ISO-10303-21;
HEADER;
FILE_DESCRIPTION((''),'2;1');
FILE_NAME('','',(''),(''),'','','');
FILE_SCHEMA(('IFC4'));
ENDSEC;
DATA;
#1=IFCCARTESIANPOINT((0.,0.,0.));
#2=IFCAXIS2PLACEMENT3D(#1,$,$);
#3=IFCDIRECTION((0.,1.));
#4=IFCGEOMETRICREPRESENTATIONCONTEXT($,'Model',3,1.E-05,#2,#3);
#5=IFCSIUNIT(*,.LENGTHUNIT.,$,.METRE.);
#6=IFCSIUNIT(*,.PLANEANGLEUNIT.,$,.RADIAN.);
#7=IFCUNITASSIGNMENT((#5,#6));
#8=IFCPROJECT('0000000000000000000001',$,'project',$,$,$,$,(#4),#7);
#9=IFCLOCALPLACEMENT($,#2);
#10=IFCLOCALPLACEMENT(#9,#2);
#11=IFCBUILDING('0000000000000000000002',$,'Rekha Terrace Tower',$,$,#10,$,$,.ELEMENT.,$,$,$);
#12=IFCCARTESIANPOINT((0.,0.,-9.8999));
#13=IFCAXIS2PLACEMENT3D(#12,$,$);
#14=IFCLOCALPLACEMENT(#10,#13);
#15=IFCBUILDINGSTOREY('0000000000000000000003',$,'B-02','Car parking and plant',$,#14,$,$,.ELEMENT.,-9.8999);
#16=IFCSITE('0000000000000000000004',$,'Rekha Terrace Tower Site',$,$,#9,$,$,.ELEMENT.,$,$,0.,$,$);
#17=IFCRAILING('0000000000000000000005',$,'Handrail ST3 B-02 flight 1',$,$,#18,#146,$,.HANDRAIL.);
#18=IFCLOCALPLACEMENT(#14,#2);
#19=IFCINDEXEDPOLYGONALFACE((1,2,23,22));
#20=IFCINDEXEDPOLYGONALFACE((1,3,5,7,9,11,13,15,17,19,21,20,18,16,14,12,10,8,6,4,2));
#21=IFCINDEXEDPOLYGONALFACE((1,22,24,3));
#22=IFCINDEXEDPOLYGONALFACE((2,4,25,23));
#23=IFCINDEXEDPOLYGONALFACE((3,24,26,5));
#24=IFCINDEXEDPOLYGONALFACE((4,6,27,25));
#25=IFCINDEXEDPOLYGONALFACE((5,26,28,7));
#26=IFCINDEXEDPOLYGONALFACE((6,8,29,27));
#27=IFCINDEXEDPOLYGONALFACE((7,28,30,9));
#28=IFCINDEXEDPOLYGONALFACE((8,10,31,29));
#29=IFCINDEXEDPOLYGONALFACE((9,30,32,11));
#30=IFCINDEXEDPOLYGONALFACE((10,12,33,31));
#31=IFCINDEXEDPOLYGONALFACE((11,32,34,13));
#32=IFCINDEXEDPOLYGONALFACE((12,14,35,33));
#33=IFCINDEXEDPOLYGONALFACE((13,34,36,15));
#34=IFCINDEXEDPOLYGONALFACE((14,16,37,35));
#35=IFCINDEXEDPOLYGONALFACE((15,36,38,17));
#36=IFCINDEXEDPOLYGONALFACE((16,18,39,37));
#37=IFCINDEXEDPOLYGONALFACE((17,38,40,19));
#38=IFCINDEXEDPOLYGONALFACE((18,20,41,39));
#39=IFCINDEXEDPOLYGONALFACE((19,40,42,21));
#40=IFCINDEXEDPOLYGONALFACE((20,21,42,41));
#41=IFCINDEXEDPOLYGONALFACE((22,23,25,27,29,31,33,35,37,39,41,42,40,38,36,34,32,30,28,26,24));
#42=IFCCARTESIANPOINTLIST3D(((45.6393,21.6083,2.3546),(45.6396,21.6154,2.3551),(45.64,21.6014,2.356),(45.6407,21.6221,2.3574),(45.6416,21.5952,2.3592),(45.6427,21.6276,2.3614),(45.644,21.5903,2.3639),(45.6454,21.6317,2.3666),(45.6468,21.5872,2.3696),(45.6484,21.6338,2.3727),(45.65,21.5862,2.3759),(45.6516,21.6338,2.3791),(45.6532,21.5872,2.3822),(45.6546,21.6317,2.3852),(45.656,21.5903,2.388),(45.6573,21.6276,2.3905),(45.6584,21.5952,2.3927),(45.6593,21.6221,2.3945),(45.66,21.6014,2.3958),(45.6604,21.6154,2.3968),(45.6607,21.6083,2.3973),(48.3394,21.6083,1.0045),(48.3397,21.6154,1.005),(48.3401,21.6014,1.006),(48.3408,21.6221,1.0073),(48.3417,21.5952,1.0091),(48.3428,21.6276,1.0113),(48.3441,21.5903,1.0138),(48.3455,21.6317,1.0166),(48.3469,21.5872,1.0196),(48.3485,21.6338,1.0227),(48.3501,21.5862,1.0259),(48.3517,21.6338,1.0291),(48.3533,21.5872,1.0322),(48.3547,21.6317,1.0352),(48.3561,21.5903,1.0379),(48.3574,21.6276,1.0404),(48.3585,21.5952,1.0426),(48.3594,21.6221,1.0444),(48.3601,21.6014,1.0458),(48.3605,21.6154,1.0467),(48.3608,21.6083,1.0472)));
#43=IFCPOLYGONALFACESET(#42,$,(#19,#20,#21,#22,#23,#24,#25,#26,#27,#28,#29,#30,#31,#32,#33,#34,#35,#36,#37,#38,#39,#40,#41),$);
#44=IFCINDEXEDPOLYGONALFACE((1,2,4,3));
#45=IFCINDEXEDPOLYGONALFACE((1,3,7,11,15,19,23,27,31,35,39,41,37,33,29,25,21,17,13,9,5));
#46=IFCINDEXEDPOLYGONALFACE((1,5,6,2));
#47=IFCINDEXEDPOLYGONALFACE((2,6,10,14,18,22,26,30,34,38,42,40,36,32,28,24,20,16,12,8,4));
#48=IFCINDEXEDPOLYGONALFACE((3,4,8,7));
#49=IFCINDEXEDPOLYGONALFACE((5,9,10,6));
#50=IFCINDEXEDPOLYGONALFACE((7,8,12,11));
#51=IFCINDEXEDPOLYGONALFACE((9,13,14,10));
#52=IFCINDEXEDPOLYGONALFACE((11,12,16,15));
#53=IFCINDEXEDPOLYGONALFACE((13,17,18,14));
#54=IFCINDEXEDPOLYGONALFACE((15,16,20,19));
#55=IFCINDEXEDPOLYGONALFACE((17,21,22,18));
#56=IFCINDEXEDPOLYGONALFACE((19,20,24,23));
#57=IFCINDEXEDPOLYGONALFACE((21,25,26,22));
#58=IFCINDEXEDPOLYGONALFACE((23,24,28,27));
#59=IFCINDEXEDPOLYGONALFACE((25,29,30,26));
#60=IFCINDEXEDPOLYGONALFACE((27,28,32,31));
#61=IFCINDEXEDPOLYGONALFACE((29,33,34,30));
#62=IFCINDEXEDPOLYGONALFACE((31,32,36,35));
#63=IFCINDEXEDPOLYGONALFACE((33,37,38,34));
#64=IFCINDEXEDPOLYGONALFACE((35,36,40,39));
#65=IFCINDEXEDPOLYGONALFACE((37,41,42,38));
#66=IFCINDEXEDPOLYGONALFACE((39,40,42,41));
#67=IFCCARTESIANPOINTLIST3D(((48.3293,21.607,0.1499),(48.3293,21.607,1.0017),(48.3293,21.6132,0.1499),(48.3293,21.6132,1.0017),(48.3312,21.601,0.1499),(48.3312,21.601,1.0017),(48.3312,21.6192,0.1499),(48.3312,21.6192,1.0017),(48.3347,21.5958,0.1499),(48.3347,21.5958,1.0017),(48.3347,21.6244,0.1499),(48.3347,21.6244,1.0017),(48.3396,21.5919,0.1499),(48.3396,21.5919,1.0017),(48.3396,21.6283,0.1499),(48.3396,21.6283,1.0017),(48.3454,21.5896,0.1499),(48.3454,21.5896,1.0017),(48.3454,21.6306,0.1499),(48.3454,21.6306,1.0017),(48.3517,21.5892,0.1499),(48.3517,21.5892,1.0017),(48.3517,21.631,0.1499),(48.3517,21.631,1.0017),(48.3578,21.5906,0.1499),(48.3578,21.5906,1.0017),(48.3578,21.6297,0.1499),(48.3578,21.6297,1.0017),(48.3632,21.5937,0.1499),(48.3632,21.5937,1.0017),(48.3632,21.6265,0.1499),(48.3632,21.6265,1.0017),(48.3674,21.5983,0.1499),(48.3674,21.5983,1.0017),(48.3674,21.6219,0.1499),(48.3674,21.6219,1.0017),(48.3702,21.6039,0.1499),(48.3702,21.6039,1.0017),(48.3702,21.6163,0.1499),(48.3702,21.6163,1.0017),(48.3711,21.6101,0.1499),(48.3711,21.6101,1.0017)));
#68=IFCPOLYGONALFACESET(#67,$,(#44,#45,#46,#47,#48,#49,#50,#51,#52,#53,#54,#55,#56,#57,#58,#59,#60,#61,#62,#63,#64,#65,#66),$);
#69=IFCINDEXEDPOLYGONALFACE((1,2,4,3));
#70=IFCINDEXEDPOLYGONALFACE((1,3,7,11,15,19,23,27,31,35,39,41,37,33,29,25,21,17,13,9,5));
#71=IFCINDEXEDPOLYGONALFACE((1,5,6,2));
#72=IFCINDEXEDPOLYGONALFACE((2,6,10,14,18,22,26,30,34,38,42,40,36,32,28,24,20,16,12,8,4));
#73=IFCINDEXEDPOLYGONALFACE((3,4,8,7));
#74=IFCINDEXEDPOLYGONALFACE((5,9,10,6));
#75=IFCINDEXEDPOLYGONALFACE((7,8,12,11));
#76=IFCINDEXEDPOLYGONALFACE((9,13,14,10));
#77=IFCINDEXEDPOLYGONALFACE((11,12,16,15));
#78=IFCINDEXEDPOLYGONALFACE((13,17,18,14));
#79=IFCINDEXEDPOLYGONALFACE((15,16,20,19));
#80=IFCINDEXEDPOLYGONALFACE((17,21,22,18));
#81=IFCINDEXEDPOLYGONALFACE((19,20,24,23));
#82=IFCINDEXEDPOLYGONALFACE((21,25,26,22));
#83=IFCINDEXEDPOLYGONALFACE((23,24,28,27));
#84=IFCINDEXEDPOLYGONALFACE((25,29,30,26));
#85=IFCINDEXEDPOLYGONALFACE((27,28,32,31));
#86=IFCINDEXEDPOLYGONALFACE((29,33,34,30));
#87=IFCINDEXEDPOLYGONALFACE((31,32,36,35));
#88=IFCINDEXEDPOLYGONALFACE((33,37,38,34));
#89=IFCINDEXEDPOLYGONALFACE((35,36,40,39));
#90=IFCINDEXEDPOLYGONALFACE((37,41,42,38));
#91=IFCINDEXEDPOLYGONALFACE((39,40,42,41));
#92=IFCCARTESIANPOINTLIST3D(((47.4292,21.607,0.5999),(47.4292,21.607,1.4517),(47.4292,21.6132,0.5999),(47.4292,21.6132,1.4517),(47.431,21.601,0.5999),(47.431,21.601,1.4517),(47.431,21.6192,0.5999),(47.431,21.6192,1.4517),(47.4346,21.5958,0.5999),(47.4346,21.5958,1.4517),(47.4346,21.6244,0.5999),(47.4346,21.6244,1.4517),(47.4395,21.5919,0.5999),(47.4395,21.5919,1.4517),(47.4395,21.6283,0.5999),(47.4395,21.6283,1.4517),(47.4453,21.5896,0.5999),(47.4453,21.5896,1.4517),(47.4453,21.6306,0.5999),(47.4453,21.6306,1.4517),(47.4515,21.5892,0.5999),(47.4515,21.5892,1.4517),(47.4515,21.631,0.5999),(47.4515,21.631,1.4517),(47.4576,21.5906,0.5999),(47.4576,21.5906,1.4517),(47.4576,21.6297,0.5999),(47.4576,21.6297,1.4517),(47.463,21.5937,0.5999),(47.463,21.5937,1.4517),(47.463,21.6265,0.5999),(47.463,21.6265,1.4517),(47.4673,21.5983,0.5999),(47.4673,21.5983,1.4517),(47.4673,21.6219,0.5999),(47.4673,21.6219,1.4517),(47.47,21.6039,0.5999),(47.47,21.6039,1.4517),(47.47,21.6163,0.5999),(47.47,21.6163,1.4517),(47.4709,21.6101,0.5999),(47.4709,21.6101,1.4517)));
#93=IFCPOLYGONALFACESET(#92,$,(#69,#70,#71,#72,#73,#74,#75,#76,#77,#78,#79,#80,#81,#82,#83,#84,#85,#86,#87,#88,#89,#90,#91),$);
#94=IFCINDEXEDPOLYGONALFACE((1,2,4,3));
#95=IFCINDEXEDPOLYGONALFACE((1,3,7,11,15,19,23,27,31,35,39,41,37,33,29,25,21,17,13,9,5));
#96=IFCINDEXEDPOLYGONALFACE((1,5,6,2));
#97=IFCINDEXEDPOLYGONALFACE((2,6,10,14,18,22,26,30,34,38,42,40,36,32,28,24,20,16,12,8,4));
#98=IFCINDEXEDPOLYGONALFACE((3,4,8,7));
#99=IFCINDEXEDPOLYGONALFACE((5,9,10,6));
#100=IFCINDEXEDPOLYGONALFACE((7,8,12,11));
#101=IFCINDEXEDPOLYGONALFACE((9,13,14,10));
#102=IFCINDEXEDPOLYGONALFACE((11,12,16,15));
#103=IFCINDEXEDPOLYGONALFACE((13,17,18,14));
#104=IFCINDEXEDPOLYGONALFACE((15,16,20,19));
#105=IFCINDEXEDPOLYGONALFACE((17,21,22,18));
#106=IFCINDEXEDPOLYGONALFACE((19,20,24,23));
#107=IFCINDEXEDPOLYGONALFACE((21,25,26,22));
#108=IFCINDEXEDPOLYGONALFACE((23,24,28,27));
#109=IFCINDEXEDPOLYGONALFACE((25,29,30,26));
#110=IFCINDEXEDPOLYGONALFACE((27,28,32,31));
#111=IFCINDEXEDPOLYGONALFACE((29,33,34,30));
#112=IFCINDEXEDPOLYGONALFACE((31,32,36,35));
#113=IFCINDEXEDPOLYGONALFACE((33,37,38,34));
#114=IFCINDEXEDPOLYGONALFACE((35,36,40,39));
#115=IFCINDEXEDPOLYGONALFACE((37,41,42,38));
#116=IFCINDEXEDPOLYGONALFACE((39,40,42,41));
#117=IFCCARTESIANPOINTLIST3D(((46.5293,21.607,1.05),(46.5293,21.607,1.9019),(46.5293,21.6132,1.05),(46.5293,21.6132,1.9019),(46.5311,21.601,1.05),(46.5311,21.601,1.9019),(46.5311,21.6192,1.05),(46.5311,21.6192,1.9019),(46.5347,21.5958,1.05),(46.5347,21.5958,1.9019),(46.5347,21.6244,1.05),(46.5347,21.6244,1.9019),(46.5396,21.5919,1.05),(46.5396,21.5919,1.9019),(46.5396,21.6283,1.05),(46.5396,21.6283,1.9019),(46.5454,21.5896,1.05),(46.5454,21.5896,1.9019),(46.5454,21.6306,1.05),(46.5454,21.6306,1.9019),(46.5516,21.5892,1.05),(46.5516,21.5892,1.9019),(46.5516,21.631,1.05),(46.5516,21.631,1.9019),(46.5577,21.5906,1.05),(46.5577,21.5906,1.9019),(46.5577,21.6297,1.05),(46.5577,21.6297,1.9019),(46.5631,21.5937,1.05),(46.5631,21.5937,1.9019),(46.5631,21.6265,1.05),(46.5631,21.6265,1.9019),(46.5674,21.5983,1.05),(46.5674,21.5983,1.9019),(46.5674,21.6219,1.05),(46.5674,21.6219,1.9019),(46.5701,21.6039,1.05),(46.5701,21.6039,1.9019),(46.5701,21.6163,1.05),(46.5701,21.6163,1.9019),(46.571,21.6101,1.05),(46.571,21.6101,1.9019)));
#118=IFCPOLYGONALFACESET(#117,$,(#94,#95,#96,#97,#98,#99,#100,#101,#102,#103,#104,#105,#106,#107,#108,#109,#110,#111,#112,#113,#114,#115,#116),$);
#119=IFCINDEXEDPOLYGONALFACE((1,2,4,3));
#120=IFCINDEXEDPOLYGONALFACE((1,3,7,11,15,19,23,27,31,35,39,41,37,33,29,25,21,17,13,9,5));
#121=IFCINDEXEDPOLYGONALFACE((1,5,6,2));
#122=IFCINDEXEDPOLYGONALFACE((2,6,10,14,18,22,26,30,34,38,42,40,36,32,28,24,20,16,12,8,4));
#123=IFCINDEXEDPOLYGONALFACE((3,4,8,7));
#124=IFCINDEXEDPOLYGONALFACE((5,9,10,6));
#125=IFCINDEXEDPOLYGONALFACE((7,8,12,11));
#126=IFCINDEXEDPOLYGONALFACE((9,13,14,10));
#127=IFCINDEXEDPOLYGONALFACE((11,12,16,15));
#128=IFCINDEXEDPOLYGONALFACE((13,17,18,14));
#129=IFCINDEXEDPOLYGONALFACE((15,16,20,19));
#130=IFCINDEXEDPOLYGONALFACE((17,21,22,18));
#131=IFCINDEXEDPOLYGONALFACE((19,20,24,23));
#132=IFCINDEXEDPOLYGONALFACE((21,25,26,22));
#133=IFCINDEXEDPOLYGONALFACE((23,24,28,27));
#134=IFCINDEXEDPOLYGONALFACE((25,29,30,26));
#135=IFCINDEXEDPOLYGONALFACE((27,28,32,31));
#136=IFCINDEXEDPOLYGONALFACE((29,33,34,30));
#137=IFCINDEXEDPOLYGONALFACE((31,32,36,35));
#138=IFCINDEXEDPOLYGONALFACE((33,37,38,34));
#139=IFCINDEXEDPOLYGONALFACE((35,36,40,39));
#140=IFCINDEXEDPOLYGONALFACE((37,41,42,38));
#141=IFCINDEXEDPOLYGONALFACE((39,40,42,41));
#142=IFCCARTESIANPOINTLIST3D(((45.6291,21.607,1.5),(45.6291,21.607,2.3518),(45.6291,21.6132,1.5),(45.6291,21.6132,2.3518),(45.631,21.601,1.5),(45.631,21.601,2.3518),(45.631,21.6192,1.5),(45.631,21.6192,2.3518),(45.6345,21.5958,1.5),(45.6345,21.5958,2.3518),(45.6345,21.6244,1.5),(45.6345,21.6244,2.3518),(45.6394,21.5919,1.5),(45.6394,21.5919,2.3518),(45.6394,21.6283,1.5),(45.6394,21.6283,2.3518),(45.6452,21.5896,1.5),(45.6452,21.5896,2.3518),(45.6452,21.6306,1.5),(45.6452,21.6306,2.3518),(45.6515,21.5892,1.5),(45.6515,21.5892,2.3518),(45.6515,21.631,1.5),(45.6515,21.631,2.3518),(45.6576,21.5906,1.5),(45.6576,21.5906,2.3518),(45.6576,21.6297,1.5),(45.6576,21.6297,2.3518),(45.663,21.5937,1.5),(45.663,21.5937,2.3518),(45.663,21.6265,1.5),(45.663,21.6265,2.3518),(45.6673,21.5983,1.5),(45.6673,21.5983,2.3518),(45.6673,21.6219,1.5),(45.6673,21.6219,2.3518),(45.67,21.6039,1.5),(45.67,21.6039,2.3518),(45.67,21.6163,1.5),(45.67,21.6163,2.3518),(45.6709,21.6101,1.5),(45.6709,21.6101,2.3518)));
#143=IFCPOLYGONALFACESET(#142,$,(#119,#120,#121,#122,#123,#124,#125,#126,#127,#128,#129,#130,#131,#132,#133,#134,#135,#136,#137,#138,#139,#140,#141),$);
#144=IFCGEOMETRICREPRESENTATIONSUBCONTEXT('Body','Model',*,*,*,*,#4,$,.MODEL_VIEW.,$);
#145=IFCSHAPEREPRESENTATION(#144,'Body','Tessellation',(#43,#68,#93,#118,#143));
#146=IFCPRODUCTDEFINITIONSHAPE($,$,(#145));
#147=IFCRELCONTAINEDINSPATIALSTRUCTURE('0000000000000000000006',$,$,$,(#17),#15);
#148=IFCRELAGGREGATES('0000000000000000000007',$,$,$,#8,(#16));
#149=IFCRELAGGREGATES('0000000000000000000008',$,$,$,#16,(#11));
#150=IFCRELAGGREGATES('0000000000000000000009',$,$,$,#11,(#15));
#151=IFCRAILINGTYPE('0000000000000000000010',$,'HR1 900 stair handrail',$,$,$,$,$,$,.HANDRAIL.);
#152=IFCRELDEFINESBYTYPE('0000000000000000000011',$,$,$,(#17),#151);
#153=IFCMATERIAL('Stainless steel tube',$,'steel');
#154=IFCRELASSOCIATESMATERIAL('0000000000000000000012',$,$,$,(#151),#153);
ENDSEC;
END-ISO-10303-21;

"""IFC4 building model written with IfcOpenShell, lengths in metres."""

from ifc_helpers import new_model, si_unit, direction, frame, origin, origin_2d, place, context, subcontext, project, spatial, circle, extrude, material, type_object, element, save


model = new_model("IFC4")

# Units and contexts
model_context = context("Model", 3, precision=1e-05, world=origin(), true_north=direction((0.0, 1.0)))
body_context = subcontext(model_context, "Body", "Model", "MODEL_VIEW")
ifc_project = project(units=[si_unit("LENGTHUNIT", "METRE"), si_unit("PLANEANGLEUNIT", "RADIAN")], contexts=[model_context])

# Site, building, storey
site_placement = place(None, origin())
site = spatial("IfcSite", under=ifc_project, at=site_placement, Name="Rekha Terrace Tower Site", CompositionType="ELEMENT", RefElevation=0.0)
building_placement = place(site_placement, origin())
building = spatial("IfcBuilding", under=site, at=building_placement, Name="Rekha Terrace Tower", CompositionType="ELEMENT")
storey_placement = place(building_placement, frame((0.0, 0.0, -9.8999)))
storey = spatial("IfcBuildingStorey", under=building, at=storey_placement, Name="B-02", Description="Car parking and plant", CompositionType="ELEMENT", Elevation=-9.8999)

# Railing
ifc_material_1 = material(Name="Stainless steel tube", Category="steel")
railing_type_1 = type_object("IfcRailingType", Name="HR1 900 stair handrail", PredefinedType="HANDRAIL", material=ifc_material_1)
railing_1_placement = place(storey_placement, frame((48.3501, 21.6101, 0.1499)))
element("IfcRailing", 1, at=railing_1_placement, inside=storey, type_object=railing_type_1, Name="Handrail ST3 B-02 flight 1", PredefinedType="HANDRAIL", context=body_context, shape_type="SweptSolid", body=[
    extrude(circle(Radius=0.0239, at=origin_2d()), frame((0.0, 0.0, 0.876), z_axis=(-0.894427, 0.0, 0.447214), x_axis=(0.0, -1.0, 0.0)), (0.0, 0.0, 1.0), 3.0188),
    extrude(circle(Radius=0.021, at=origin_2d()), origin(), (0.0, 0.0, 1.0), 0.8518),
    extrude(circle(Radius=0.021, at=origin_2d()), frame((-0.9001, 0.0, 0.45)), (0.0, 0.0, 1.0), 0.8518),
    extrude(circle(Radius=0.021, at=origin_2d()), frame((-1.8, 0.0, 0.9001)), (0.0, 0.0, 1.0), 0.8518),
    extrude(circle(Radius=0.021, at=origin_2d()), frame((-2.7002, 0.0, 1.3501)), (0.0, 0.0, 1.0), 0.8518),
])

save(model, "model.ifc")
